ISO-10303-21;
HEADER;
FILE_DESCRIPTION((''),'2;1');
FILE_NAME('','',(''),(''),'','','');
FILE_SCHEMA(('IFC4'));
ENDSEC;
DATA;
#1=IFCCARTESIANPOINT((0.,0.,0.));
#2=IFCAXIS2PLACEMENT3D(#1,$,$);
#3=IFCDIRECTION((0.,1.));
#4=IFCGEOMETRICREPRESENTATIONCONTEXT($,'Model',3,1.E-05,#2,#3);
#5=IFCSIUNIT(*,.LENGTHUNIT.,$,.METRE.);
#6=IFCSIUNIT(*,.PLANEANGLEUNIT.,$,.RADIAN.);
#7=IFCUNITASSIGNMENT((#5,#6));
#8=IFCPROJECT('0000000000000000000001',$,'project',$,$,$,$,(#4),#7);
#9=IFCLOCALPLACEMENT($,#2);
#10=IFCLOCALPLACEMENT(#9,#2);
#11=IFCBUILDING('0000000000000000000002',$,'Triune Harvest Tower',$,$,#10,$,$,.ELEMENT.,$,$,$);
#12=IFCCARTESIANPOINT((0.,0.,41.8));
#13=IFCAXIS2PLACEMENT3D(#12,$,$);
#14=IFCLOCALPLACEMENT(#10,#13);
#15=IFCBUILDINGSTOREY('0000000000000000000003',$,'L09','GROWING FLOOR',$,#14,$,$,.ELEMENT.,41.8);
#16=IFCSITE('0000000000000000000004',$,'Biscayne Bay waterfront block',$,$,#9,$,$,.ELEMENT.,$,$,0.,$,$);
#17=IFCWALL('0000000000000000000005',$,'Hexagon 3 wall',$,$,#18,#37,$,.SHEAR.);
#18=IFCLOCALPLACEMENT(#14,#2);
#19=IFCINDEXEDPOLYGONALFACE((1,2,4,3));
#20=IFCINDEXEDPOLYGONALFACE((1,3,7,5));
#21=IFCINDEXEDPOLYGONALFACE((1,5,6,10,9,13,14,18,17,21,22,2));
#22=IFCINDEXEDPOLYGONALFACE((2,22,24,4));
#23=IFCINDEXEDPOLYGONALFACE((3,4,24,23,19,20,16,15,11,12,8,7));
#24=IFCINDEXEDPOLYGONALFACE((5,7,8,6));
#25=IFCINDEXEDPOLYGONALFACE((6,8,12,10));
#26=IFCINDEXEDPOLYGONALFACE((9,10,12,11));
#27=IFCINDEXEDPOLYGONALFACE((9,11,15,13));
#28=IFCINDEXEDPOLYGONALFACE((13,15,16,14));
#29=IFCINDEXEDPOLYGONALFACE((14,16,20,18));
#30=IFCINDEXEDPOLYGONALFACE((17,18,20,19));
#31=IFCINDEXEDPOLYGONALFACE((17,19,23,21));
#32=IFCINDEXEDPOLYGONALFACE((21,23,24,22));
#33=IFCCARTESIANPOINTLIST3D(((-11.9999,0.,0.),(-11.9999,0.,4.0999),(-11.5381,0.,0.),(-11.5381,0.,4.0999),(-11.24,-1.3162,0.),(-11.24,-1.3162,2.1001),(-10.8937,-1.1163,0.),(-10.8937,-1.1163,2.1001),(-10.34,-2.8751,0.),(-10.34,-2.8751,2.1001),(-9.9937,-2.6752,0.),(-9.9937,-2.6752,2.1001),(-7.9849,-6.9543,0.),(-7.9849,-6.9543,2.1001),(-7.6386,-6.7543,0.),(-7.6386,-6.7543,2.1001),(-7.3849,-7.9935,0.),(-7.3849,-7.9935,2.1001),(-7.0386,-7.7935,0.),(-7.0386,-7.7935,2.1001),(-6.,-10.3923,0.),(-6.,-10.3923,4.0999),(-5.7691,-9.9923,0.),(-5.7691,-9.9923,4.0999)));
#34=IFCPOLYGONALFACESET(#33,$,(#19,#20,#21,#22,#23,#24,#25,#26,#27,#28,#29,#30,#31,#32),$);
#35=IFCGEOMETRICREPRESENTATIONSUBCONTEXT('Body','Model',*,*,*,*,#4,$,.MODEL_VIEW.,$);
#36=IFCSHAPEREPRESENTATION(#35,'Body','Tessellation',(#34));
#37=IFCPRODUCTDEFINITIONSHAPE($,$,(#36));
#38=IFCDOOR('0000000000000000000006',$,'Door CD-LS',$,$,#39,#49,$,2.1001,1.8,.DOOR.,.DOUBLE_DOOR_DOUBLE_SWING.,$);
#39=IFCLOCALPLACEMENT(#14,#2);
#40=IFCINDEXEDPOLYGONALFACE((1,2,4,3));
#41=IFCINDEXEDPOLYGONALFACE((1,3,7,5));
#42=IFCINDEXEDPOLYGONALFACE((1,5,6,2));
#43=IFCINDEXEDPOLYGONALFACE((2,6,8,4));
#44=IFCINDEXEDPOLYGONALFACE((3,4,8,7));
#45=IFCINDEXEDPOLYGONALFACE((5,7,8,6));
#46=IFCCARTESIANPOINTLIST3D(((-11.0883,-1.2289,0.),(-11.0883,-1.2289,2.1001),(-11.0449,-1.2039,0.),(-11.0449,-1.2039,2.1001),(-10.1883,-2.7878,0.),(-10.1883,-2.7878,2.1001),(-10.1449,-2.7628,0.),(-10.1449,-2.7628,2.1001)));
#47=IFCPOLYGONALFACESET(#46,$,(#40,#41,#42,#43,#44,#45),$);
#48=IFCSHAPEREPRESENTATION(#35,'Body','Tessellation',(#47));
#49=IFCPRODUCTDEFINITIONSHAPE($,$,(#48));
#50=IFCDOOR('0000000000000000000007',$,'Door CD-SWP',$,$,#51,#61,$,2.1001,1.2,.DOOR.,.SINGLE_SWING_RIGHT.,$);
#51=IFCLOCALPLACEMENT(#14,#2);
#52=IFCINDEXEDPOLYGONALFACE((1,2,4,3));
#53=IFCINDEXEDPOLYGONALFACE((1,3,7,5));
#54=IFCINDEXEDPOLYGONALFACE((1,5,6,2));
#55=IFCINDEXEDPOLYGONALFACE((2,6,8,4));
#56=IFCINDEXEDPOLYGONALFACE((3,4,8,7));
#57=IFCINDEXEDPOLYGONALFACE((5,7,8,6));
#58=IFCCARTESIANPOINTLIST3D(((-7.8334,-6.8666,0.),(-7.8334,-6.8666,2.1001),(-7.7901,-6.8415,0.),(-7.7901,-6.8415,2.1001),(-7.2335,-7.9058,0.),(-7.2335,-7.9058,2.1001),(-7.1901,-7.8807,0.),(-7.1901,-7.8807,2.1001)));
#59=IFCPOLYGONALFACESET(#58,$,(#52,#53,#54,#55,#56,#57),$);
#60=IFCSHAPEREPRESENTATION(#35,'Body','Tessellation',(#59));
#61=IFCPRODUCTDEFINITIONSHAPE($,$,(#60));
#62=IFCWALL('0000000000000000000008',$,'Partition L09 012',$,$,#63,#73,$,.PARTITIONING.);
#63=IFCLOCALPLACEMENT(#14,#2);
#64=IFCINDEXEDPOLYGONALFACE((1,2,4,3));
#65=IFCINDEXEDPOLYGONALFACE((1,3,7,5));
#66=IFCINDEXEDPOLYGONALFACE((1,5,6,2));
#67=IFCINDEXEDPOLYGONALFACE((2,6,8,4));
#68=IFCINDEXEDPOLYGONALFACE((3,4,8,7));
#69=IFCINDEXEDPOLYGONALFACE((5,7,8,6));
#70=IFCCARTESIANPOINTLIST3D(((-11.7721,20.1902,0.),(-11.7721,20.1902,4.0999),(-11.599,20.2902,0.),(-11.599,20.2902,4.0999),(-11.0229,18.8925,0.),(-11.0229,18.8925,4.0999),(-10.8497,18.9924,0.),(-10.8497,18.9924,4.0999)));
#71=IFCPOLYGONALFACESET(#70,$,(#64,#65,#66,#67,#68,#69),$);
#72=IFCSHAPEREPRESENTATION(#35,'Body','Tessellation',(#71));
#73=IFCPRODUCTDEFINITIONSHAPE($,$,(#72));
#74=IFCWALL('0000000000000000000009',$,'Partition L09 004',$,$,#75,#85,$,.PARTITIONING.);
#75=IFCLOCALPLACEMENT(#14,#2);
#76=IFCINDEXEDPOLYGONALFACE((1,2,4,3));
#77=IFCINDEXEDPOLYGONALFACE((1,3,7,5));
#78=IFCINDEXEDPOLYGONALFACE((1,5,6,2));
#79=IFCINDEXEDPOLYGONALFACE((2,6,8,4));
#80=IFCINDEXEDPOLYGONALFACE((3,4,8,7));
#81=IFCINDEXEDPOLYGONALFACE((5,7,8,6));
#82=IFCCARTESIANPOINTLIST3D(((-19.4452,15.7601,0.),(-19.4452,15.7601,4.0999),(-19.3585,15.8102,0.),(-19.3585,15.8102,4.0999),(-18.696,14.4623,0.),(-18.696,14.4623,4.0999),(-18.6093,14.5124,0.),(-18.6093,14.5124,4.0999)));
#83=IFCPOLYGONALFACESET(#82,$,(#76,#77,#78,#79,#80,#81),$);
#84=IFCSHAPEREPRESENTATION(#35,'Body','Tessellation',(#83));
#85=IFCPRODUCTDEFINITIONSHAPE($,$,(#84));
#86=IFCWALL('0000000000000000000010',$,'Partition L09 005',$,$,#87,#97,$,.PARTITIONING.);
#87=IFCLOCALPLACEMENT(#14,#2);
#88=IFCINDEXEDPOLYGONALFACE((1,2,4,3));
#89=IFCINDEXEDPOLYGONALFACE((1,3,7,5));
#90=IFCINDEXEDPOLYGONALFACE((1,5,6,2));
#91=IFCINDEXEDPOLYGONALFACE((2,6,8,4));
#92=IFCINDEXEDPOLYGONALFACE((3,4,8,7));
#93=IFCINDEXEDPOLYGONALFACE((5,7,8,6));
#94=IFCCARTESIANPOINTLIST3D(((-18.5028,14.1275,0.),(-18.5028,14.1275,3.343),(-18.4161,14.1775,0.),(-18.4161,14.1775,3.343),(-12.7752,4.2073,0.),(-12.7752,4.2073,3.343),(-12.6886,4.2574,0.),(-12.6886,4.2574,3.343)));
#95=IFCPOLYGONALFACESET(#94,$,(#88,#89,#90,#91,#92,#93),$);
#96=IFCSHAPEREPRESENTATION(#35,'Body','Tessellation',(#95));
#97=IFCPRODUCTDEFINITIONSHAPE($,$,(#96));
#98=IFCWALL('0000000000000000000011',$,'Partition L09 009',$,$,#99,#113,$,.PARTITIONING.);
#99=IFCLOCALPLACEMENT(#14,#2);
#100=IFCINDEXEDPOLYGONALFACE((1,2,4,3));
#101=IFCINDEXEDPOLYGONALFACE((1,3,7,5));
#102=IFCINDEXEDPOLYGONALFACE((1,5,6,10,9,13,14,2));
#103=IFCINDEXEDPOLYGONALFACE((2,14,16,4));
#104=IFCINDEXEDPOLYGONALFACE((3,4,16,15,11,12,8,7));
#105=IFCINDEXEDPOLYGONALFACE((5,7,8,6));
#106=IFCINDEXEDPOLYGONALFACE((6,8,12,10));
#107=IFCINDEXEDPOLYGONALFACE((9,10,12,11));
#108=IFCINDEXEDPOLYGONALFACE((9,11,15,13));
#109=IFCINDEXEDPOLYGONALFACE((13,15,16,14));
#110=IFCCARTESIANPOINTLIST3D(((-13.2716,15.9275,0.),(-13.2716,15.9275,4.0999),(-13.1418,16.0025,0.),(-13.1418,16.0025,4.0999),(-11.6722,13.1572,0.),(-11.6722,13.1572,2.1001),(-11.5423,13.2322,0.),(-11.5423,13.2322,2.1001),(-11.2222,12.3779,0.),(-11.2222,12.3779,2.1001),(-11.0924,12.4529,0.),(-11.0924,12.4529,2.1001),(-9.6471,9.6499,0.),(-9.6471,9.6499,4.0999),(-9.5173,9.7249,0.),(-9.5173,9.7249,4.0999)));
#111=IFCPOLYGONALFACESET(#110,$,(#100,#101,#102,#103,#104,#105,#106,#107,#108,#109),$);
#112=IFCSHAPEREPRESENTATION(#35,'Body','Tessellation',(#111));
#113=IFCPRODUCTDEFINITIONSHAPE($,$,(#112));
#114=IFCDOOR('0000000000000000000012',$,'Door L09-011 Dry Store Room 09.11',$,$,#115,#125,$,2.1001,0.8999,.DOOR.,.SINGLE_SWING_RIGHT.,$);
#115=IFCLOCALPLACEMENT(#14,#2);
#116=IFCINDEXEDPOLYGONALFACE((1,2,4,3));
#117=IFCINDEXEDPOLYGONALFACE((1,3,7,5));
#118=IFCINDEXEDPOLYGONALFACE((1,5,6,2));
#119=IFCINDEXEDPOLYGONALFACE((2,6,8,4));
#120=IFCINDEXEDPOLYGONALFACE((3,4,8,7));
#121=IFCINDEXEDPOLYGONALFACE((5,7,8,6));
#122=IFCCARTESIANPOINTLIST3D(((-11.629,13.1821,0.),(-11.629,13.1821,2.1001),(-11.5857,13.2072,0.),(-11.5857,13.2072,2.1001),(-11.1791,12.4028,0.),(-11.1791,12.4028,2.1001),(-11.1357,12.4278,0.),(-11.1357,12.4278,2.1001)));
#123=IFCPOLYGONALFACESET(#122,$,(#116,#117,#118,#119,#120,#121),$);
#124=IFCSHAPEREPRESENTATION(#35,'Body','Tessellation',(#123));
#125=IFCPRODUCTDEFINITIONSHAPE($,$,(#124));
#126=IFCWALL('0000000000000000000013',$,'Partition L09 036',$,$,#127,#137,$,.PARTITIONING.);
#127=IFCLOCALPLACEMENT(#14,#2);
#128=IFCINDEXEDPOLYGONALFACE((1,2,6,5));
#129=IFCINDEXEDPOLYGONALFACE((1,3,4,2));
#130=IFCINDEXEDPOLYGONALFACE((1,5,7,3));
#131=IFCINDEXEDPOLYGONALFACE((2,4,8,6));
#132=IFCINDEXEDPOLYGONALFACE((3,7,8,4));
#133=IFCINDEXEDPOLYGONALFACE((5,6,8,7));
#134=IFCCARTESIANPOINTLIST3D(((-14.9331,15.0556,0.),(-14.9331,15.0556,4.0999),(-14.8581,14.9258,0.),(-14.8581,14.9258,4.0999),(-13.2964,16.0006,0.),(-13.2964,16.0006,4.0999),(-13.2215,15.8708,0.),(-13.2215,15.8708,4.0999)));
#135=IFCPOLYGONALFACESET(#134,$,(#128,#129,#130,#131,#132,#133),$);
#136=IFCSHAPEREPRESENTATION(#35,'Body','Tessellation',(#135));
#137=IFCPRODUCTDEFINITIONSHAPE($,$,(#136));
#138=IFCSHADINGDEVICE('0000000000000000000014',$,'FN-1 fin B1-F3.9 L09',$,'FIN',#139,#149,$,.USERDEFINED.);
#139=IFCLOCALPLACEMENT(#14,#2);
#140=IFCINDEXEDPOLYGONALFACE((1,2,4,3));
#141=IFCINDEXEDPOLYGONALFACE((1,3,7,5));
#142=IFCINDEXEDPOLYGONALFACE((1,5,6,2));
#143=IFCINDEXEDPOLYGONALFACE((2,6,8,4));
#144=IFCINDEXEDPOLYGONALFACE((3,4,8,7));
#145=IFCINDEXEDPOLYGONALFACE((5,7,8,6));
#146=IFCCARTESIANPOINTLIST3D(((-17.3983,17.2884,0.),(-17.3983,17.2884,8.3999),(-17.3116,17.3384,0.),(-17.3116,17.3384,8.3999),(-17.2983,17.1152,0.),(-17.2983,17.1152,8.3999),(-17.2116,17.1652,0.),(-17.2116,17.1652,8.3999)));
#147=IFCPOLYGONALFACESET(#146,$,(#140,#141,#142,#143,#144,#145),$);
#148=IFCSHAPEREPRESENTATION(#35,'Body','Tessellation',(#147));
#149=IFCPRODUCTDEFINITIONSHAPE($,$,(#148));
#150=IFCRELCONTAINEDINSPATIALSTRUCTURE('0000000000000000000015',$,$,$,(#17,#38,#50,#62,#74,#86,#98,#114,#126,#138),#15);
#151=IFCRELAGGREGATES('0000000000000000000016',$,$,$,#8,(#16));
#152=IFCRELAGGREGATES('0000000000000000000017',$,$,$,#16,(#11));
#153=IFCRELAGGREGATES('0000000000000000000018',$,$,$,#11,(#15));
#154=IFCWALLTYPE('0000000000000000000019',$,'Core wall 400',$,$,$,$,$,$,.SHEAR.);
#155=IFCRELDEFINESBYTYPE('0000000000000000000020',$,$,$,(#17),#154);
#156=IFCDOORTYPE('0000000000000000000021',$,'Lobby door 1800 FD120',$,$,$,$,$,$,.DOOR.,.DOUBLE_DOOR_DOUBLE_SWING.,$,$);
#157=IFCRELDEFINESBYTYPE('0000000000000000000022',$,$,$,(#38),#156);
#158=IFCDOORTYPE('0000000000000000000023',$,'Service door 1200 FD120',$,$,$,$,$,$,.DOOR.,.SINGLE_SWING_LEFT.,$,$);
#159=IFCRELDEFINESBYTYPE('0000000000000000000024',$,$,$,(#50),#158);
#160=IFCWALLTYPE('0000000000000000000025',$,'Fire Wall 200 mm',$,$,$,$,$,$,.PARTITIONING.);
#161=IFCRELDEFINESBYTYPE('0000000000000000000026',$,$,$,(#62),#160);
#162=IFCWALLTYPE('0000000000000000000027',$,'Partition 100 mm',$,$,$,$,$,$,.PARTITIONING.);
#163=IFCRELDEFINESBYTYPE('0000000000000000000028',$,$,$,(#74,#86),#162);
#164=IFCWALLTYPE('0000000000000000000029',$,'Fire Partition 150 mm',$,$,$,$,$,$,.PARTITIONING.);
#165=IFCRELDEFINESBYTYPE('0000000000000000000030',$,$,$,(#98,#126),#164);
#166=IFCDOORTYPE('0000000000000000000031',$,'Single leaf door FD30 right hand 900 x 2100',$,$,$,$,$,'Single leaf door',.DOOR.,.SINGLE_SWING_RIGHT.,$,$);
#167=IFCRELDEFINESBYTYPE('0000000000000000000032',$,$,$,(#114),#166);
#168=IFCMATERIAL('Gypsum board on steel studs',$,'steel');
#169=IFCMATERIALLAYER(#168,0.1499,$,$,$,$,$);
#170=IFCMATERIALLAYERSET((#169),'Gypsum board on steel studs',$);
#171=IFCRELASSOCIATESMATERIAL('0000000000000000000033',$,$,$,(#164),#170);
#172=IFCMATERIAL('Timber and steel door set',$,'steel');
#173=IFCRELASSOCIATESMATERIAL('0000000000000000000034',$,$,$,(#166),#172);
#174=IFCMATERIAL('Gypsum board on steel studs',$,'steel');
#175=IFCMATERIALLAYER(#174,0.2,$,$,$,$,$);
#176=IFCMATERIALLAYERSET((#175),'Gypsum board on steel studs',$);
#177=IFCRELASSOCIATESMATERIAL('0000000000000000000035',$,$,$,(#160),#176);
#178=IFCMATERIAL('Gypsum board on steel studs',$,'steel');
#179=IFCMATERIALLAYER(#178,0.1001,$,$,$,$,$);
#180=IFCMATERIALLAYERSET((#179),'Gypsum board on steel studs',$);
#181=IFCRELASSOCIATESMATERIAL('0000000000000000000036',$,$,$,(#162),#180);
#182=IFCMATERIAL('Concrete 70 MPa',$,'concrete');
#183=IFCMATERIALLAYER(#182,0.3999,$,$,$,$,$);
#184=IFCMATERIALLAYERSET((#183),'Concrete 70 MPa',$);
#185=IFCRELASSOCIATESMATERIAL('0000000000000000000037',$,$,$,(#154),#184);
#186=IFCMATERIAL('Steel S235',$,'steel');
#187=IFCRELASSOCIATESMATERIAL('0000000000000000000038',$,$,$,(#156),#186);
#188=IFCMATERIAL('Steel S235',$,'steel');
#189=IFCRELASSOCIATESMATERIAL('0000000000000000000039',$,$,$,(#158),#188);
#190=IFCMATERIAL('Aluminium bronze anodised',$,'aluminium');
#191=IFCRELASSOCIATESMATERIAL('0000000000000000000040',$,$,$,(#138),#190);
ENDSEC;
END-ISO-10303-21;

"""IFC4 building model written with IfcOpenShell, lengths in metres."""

from ifc_helpers import new_model, si_unit, direction, frame, frame_2d, origin, origin_2d, place, context, subcontext, project, spatial, polyline, rectangle, outline, extrude, source, transform, mapped, material, layer, layer_set, type_object, element, fill, save


model = new_model("IFC4")

# Units and contexts
model_context = context("Model", 3, precision=1e-05, world=origin(), true_north=direction((0.0, 1.0)))
body_context = subcontext(model_context, "Body", "Model", "MODEL_VIEW")
ifc_project = project(units=[si_unit("LENGTHUNIT", "METRE"), si_unit("PLANEANGLEUNIT", "RADIAN")], contexts=[model_context])

# Site, building, storey
site_placement = place(None, origin())
site = spatial("IfcSite", under=ifc_project, at=site_placement, Name="Biscayne Bay waterfront block", CompositionType="ELEMENT", RefElevation=0.0)
building_placement = place(site_placement, origin())
building = spatial("IfcBuilding", under=site, at=building_placement, Name="Triune Harvest Tower", CompositionType="ELEMENT")
storey_placement = place(building_placement, frame((0.0, 0.0, 41.8)))
storey = spatial("IfcBuildingStorey", under=building, at=storey_placement, Name="L09", Description="GROWING FLOOR", CompositionType="ELEMENT", Elevation=41.8)

# Shared definitions
ifc_material_1 = material(Name="Gypsum board on steel studs", Category="steel")
ifc_layer_1 = layer(ifc_material_1, 0.1499)
ifc_layer_set_1 = layer_set([ifc_layer_1], Name="Gypsum board on steel studs")
wall_type_1 = type_object("IfcWallType", Name="Fire Partition 150 mm", PredefinedType="PARTITIONING", material=ifc_layer_set_1)
ifc_material_2 = material(Name="Timber and steel door set", Category="steel")
door_type_1 = type_object("IfcDoorType", Name="Single leaf door FD30 right hand 900 x 2100", ElementType="Single leaf door", OperationType="SINGLE_SWING_RIGHT", PredefinedType="DOOR", material=ifc_material_2)

# Shared definitions
ifc_material_3 = material(Name="Gypsum board on steel studs", Category="steel")
ifc_layer_2 = layer(ifc_material_3, 0.2)
ifc_layer_set_2 = layer_set([ifc_layer_2], Name="Gypsum board on steel studs")
wall_type_2 = type_object("IfcWallType", Name="Fire Wall 200 mm", PredefinedType="PARTITIONING", material=ifc_layer_set_2)
ifc_material_4 = material(Name="Gypsum board on steel studs", Category="steel")
ifc_layer_3 = layer(ifc_material_4, 0.1001)
ifc_layer_set_3 = layer_set([ifc_layer_3], Name="Gypsum board on steel studs")
wall_type_3 = type_object("IfcWallType", Name="Partition 100 mm", PredefinedType="PARTITIONING", material=ifc_layer_set_3)

# Wall, openings, doors
ifc_material_5 = material(Name="Concrete 70 MPa", Category="concrete")
ifc_layer_4 = layer(ifc_material_5, 0.3999)
ifc_layer_set_4 = layer_set([ifc_layer_4], Name="Concrete 70 MPa")
wall_type_4 = type_object("IfcWallType", Name="Core wall 400", PredefinedType="SHEAR", material=ifc_layer_set_4)
shared_shape_1 = source(origin(), body_context, "Body", "SweptSolid", [
    extrude(outline(polyline([(-0.1155, -0.2), (11.8845, -0.2), (11.6536, 0.2), (0.1155, 0.2), (-0.1155, -0.2)])), origin(), (0.0, 0.0, 1.0), 4.0999),
])
wall_1_placement = place(storey_placement, frame((-11.769, 0.0, 0.0), z_axis=(0.0, 0.0, 1.0), x_axis=(0.499997, -0.866027, 0.0)))
wall_1 = element("IfcWall", 1, at=wall_1_placement, inside=storey, type_object=wall_type_4, Name="Hexagon 3 wall", PredefinedType="SHEAR", context=body_context, shape_type="MappedRepresentation", body=[
    mapped(shared_shape_1, transform((0.0, 0.0, 0.0), scale=1.0)),
])
opening_1_placement = place(wall_1_placement, frame((1.4045, 0.0, 0.0)))
opening_1 = element("IfcOpeningElement", 2, at=opening_1_placement, cuts=wall_1, PredefinedType="OPENING", context=body_context, shape_type="SweptSolid", body=[
    extrude(rectangle(XDim=1.8, YDim=2.1001, at=frame_2d((0.8999, 1.05))), frame((0.0, 0.21, 0.0), z_axis=(0.0, -1.0, 0.0), x_axis=(1.0, 0.0, 0.0)), (0.0, 0.0, 1.0), 0.4199),
])
opening_2_placement = place(wall_1_placement, frame((7.9146, 0.0, 0.0)))
opening_2 = element("IfcOpeningElement", 3, at=opening_2_placement, cuts=wall_1, PredefinedType="OPENING", context=body_context, shape_type="SweptSolid", body=[
    extrude(rectangle(XDim=1.2, YDim=2.1001, at=frame_2d((0.6001, 1.05))), frame((0.0, 0.21, 0.0), z_axis=(0.0, -1.0, 0.0), x_axis=(1.0, 0.0, 0.0)), (0.0, 0.0, 1.0), 0.4199),
])
ifc_material_6 = material(Name="Steel S235", Category="steel")
door_type_2 = type_object("IfcDoorType", Name="Lobby door 1800 FD120", OperationType="DOUBLE_DOOR_DOUBLE_SWING", PredefinedType="DOOR", material=ifc_material_6)
door_1_placement = place(opening_1_placement, frame((1.8, 0.0, 0.0), z_axis=(0.0, 0.0, 1.0), x_axis=(-1.0, 0.0, 0.0)))
door_1 = element("IfcDoor", 4, at=door_1_placement, inside=storey, type_object=door_type_2, Name="Door CD-LS", OperationType="DOUBLE_DOOR_DOUBLE_SWING", OverallHeight=2.1001, OverallWidth=1.8, PredefinedType="DOOR", context=body_context, shape_type="SweptSolid", body=[
    extrude(rectangle(XDim=1.8, YDim=2.1001, at=frame_2d((0.8999, 1.05))), frame((0.0, 0.0249, 0.0), z_axis=(0.0, -1.0, 0.0), x_axis=(1.0, 0.0, 0.0)), (0.0, 0.0, 1.0), 0.05),
])
fill(opening_1, door_1)
ifc_material_7 = material(Name="Steel S235", Category="steel")
door_type_3 = type_object("IfcDoorType", Name="Service door 1200 FD120", OperationType="SINGLE_SWING_LEFT", PredefinedType="DOOR", material=ifc_material_7)
door_2_placement = place(opening_2_placement, frame((1.2, 0.0, 0.0), z_axis=(0.0, 0.0, 1.0), x_axis=(-1.0, 0.0, 0.0)))
door_2 = element("IfcDoor", 5, at=door_2_placement, inside=storey, type_object=door_type_3, Name="Door CD-SWP", OperationType="SINGLE_SWING_RIGHT", OverallHeight=2.1001, OverallWidth=1.2, PredefinedType="DOOR", context=body_context, shape_type="SweptSolid", body=[
    extrude(rectangle(XDim=1.2, YDim=2.1001, at=frame_2d((0.6001, 1.05))), frame((0.0, 0.0249, 0.0), z_axis=(0.0, -1.0, 0.0), x_axis=(1.0, 0.0, 0.0)), (0.0, 0.0, 1.0), 0.05),
])
fill(opening_2, door_2)

# Walls
shared_shape_2 = source(origin(), body_context, "Body", "SweptSolid", [
    extrude(rectangle(XDim=1.4985, YDim=0.2, at=frame_2d((0.7493, 0.0))), origin(), (0.0, 0.0, 1.0), 4.0999),
])
wall_2_placement = place(storey_placement, frame((-11.6855, 20.2402, 0.0), z_axis=(0.0, 0.0, 1.0), x_axis=(0.499976, -0.866039, 0.0)))
element("IfcWall", 6, at=wall_2_placement, inside=storey, type_object=wall_type_2, Name="Partition L09 012", PredefinedType="PARTITIONING", context=body_context, shape_type="MappedRepresentation", body=[
    mapped(shared_shape_2, transform((0.0, 0.0, 0.0), scale=1.0)),
])
shared_shape_3 = source(origin(), body_context, "Body", "SweptSolid", [
    extrude(rectangle(XDim=1.4985, YDim=0.1001, at=frame_2d((0.7493, 0.0))), origin(), (0.0, 0.0, 1.0), 4.0999),
])
wall_3_placement = place(storey_placement, frame((-19.4019, 15.7852, 0.0), z_axis=(0.0, 0.0, 1.0), x_axis=(0.499976, -0.866039, 0.0)))
element("IfcWall", 7, at=wall_3_placement, inside=storey, type_object=wall_type_3, Name="Partition L09 004", PredefinedType="PARTITIONING", context=body_context, shape_type="MappedRepresentation", body=[
    mapped(shared_shape_3, transform((0.0, 0.0, 0.0), scale=1.0)),
])
shared_shape_4 = source(origin(), body_context, "Body", "SweptSolid", [
    extrude(rectangle(XDim=11.4548, YDim=0.1001, at=frame_2d((5.7275, 0.0))), origin(), (0.0, 0.0, 1.0), 3.343),
])
wall_4_placement = place(storey_placement, frame((-18.4595, 14.1526, 0.0), z_axis=(0.0, 0.0, 1.0), x_axis=(0.500008, -0.866021, 0.0)))
element("IfcWall", 8, at=wall_4_placement, inside=storey, type_object=wall_type_3, Name="Partition L09 005", PredefinedType="PARTITIONING", context=body_context, shape_type="MappedRepresentation", body=[
    mapped(shared_shape_4, transform((0.0, 0.0, 0.0), scale=1.0)),
])

# Wall, opening, door
shared_shape_5 = source(origin(), body_context, "Body", "SweptSolid", [
    extrude(rectangle(XDim=7.2488, YDim=0.1499, at=frame_2d((3.6245, 0.0))), origin(), (0.0, 0.0, 1.0), 4.0999),
])
wall_5_placement = place(storey_placement, frame((-13.2068, 15.9651, 0.0), z_axis=(0.0, 0.0, 1.0), x_axis=(0.500015, -0.866017, 0.0)))
wall_5 = element("IfcWall", 9, at=wall_5_placement, inside=storey, type_object=wall_type_1, Name="Partition L09 009", PredefinedType="PARTITIONING", context=body_context, shape_type="MappedRepresentation", body=[
    mapped(shared_shape_5, transform((0.0, 0.0, 0.0), scale=1.0)),
])
opening_3_placement = place(wall_5_placement, frame((3.199, 0.0, 0.0)))
opening_3 = element("IfcOpeningElement", 10, at=opening_3_placement, cuts=wall_5, PredefinedType="OPENING", context=body_context, shape_type="SweptSolid", body=[
    extrude(rectangle(XDim=0.8999, YDim=2.1001, at=frame_2d((0.45, 1.05))), frame((0.0, 0.085, 0.0), z_axis=(0.0, -1.0, 0.0), x_axis=(1.0, 0.0, 0.0)), (0.0, 0.0, 1.0), 0.1699),
])
door_3_placement = place(opening_3_placement, origin())
door_3 = element("IfcDoor", 11, at=door_3_placement, inside=storey, type_object=door_type_1, Name="Door L09-011 Dry Store Room 09.11", OperationType="SINGLE_SWING_RIGHT", OverallHeight=2.1001, OverallWidth=0.8999, PredefinedType="DOOR", context=body_context, shape_type="SweptSolid", body=[
    extrude(rectangle(XDim=0.8999, YDim=2.1001, at=frame_2d((0.45, 1.05))), frame((0.0, 0.0249, 0.0), z_axis=(0.0, -1.0, 0.0), x_axis=(1.0, 0.0, 0.0)), (0.0, 0.0, 1.0), 0.05),
])
fill(opening_3, door_3)

# Wall
shared_shape_6 = source(origin(), body_context, "Body", "SweptSolid", [
    extrude(rectangle(XDim=1.8899, YDim=0.1499, at=frame_2d((0.9448, 0.0))), origin(), (0.0, 0.0, 1.0), 4.0999),
])
wall_6_placement = place(storey_placement, frame((-14.8955, 14.9907, 0.0), z_axis=(0.0, 0.0, 1.0), x_axis=(0.866001, 0.500043, 0.0)))
element("IfcWall", 12, at=wall_6_placement, inside=storey, type_object=wall_type_1, Name="Partition L09 036", PredefinedType="PARTITIONING", context=body_context, shape_type="MappedRepresentation", body=[
    mapped(shared_shape_6, transform((0.0, 0.0, 0.0), scale=1.0)),
])

# Shading device
ifc_material_8 = material(Name="Aluminium bronze anodised", Category="aluminium")
shared_shape_7 = source(origin(), body_context, "Body", "SweptSolid", [
    extrude(rectangle(XDim=0.1001, YDim=0.2, at=origin_2d()), origin(), (0.0, 0.0, 1.0), 8.3999),
])
shading_device_placement = place(storey_placement, frame((-17.3049, 17.2268, 0.0), z_axis=(0.0, 0.0, 1.0), x_axis=(-0.866025, -0.5, 0.0)))
element("IfcShadingDevice", 13, at=shading_device_placement, inside=storey, material=ifc_material_8, Name="FN-1 fin B1-F3.9 L09", ObjectType="FIN", PredefinedType="USERDEFINED", context=body_context, shape_type="MappedRepresentation", body=[
    mapped(shared_shape_7, transform((0.0, 0.0, 0.0), scale=1.0)),
])

save(model, "model.ifc")
